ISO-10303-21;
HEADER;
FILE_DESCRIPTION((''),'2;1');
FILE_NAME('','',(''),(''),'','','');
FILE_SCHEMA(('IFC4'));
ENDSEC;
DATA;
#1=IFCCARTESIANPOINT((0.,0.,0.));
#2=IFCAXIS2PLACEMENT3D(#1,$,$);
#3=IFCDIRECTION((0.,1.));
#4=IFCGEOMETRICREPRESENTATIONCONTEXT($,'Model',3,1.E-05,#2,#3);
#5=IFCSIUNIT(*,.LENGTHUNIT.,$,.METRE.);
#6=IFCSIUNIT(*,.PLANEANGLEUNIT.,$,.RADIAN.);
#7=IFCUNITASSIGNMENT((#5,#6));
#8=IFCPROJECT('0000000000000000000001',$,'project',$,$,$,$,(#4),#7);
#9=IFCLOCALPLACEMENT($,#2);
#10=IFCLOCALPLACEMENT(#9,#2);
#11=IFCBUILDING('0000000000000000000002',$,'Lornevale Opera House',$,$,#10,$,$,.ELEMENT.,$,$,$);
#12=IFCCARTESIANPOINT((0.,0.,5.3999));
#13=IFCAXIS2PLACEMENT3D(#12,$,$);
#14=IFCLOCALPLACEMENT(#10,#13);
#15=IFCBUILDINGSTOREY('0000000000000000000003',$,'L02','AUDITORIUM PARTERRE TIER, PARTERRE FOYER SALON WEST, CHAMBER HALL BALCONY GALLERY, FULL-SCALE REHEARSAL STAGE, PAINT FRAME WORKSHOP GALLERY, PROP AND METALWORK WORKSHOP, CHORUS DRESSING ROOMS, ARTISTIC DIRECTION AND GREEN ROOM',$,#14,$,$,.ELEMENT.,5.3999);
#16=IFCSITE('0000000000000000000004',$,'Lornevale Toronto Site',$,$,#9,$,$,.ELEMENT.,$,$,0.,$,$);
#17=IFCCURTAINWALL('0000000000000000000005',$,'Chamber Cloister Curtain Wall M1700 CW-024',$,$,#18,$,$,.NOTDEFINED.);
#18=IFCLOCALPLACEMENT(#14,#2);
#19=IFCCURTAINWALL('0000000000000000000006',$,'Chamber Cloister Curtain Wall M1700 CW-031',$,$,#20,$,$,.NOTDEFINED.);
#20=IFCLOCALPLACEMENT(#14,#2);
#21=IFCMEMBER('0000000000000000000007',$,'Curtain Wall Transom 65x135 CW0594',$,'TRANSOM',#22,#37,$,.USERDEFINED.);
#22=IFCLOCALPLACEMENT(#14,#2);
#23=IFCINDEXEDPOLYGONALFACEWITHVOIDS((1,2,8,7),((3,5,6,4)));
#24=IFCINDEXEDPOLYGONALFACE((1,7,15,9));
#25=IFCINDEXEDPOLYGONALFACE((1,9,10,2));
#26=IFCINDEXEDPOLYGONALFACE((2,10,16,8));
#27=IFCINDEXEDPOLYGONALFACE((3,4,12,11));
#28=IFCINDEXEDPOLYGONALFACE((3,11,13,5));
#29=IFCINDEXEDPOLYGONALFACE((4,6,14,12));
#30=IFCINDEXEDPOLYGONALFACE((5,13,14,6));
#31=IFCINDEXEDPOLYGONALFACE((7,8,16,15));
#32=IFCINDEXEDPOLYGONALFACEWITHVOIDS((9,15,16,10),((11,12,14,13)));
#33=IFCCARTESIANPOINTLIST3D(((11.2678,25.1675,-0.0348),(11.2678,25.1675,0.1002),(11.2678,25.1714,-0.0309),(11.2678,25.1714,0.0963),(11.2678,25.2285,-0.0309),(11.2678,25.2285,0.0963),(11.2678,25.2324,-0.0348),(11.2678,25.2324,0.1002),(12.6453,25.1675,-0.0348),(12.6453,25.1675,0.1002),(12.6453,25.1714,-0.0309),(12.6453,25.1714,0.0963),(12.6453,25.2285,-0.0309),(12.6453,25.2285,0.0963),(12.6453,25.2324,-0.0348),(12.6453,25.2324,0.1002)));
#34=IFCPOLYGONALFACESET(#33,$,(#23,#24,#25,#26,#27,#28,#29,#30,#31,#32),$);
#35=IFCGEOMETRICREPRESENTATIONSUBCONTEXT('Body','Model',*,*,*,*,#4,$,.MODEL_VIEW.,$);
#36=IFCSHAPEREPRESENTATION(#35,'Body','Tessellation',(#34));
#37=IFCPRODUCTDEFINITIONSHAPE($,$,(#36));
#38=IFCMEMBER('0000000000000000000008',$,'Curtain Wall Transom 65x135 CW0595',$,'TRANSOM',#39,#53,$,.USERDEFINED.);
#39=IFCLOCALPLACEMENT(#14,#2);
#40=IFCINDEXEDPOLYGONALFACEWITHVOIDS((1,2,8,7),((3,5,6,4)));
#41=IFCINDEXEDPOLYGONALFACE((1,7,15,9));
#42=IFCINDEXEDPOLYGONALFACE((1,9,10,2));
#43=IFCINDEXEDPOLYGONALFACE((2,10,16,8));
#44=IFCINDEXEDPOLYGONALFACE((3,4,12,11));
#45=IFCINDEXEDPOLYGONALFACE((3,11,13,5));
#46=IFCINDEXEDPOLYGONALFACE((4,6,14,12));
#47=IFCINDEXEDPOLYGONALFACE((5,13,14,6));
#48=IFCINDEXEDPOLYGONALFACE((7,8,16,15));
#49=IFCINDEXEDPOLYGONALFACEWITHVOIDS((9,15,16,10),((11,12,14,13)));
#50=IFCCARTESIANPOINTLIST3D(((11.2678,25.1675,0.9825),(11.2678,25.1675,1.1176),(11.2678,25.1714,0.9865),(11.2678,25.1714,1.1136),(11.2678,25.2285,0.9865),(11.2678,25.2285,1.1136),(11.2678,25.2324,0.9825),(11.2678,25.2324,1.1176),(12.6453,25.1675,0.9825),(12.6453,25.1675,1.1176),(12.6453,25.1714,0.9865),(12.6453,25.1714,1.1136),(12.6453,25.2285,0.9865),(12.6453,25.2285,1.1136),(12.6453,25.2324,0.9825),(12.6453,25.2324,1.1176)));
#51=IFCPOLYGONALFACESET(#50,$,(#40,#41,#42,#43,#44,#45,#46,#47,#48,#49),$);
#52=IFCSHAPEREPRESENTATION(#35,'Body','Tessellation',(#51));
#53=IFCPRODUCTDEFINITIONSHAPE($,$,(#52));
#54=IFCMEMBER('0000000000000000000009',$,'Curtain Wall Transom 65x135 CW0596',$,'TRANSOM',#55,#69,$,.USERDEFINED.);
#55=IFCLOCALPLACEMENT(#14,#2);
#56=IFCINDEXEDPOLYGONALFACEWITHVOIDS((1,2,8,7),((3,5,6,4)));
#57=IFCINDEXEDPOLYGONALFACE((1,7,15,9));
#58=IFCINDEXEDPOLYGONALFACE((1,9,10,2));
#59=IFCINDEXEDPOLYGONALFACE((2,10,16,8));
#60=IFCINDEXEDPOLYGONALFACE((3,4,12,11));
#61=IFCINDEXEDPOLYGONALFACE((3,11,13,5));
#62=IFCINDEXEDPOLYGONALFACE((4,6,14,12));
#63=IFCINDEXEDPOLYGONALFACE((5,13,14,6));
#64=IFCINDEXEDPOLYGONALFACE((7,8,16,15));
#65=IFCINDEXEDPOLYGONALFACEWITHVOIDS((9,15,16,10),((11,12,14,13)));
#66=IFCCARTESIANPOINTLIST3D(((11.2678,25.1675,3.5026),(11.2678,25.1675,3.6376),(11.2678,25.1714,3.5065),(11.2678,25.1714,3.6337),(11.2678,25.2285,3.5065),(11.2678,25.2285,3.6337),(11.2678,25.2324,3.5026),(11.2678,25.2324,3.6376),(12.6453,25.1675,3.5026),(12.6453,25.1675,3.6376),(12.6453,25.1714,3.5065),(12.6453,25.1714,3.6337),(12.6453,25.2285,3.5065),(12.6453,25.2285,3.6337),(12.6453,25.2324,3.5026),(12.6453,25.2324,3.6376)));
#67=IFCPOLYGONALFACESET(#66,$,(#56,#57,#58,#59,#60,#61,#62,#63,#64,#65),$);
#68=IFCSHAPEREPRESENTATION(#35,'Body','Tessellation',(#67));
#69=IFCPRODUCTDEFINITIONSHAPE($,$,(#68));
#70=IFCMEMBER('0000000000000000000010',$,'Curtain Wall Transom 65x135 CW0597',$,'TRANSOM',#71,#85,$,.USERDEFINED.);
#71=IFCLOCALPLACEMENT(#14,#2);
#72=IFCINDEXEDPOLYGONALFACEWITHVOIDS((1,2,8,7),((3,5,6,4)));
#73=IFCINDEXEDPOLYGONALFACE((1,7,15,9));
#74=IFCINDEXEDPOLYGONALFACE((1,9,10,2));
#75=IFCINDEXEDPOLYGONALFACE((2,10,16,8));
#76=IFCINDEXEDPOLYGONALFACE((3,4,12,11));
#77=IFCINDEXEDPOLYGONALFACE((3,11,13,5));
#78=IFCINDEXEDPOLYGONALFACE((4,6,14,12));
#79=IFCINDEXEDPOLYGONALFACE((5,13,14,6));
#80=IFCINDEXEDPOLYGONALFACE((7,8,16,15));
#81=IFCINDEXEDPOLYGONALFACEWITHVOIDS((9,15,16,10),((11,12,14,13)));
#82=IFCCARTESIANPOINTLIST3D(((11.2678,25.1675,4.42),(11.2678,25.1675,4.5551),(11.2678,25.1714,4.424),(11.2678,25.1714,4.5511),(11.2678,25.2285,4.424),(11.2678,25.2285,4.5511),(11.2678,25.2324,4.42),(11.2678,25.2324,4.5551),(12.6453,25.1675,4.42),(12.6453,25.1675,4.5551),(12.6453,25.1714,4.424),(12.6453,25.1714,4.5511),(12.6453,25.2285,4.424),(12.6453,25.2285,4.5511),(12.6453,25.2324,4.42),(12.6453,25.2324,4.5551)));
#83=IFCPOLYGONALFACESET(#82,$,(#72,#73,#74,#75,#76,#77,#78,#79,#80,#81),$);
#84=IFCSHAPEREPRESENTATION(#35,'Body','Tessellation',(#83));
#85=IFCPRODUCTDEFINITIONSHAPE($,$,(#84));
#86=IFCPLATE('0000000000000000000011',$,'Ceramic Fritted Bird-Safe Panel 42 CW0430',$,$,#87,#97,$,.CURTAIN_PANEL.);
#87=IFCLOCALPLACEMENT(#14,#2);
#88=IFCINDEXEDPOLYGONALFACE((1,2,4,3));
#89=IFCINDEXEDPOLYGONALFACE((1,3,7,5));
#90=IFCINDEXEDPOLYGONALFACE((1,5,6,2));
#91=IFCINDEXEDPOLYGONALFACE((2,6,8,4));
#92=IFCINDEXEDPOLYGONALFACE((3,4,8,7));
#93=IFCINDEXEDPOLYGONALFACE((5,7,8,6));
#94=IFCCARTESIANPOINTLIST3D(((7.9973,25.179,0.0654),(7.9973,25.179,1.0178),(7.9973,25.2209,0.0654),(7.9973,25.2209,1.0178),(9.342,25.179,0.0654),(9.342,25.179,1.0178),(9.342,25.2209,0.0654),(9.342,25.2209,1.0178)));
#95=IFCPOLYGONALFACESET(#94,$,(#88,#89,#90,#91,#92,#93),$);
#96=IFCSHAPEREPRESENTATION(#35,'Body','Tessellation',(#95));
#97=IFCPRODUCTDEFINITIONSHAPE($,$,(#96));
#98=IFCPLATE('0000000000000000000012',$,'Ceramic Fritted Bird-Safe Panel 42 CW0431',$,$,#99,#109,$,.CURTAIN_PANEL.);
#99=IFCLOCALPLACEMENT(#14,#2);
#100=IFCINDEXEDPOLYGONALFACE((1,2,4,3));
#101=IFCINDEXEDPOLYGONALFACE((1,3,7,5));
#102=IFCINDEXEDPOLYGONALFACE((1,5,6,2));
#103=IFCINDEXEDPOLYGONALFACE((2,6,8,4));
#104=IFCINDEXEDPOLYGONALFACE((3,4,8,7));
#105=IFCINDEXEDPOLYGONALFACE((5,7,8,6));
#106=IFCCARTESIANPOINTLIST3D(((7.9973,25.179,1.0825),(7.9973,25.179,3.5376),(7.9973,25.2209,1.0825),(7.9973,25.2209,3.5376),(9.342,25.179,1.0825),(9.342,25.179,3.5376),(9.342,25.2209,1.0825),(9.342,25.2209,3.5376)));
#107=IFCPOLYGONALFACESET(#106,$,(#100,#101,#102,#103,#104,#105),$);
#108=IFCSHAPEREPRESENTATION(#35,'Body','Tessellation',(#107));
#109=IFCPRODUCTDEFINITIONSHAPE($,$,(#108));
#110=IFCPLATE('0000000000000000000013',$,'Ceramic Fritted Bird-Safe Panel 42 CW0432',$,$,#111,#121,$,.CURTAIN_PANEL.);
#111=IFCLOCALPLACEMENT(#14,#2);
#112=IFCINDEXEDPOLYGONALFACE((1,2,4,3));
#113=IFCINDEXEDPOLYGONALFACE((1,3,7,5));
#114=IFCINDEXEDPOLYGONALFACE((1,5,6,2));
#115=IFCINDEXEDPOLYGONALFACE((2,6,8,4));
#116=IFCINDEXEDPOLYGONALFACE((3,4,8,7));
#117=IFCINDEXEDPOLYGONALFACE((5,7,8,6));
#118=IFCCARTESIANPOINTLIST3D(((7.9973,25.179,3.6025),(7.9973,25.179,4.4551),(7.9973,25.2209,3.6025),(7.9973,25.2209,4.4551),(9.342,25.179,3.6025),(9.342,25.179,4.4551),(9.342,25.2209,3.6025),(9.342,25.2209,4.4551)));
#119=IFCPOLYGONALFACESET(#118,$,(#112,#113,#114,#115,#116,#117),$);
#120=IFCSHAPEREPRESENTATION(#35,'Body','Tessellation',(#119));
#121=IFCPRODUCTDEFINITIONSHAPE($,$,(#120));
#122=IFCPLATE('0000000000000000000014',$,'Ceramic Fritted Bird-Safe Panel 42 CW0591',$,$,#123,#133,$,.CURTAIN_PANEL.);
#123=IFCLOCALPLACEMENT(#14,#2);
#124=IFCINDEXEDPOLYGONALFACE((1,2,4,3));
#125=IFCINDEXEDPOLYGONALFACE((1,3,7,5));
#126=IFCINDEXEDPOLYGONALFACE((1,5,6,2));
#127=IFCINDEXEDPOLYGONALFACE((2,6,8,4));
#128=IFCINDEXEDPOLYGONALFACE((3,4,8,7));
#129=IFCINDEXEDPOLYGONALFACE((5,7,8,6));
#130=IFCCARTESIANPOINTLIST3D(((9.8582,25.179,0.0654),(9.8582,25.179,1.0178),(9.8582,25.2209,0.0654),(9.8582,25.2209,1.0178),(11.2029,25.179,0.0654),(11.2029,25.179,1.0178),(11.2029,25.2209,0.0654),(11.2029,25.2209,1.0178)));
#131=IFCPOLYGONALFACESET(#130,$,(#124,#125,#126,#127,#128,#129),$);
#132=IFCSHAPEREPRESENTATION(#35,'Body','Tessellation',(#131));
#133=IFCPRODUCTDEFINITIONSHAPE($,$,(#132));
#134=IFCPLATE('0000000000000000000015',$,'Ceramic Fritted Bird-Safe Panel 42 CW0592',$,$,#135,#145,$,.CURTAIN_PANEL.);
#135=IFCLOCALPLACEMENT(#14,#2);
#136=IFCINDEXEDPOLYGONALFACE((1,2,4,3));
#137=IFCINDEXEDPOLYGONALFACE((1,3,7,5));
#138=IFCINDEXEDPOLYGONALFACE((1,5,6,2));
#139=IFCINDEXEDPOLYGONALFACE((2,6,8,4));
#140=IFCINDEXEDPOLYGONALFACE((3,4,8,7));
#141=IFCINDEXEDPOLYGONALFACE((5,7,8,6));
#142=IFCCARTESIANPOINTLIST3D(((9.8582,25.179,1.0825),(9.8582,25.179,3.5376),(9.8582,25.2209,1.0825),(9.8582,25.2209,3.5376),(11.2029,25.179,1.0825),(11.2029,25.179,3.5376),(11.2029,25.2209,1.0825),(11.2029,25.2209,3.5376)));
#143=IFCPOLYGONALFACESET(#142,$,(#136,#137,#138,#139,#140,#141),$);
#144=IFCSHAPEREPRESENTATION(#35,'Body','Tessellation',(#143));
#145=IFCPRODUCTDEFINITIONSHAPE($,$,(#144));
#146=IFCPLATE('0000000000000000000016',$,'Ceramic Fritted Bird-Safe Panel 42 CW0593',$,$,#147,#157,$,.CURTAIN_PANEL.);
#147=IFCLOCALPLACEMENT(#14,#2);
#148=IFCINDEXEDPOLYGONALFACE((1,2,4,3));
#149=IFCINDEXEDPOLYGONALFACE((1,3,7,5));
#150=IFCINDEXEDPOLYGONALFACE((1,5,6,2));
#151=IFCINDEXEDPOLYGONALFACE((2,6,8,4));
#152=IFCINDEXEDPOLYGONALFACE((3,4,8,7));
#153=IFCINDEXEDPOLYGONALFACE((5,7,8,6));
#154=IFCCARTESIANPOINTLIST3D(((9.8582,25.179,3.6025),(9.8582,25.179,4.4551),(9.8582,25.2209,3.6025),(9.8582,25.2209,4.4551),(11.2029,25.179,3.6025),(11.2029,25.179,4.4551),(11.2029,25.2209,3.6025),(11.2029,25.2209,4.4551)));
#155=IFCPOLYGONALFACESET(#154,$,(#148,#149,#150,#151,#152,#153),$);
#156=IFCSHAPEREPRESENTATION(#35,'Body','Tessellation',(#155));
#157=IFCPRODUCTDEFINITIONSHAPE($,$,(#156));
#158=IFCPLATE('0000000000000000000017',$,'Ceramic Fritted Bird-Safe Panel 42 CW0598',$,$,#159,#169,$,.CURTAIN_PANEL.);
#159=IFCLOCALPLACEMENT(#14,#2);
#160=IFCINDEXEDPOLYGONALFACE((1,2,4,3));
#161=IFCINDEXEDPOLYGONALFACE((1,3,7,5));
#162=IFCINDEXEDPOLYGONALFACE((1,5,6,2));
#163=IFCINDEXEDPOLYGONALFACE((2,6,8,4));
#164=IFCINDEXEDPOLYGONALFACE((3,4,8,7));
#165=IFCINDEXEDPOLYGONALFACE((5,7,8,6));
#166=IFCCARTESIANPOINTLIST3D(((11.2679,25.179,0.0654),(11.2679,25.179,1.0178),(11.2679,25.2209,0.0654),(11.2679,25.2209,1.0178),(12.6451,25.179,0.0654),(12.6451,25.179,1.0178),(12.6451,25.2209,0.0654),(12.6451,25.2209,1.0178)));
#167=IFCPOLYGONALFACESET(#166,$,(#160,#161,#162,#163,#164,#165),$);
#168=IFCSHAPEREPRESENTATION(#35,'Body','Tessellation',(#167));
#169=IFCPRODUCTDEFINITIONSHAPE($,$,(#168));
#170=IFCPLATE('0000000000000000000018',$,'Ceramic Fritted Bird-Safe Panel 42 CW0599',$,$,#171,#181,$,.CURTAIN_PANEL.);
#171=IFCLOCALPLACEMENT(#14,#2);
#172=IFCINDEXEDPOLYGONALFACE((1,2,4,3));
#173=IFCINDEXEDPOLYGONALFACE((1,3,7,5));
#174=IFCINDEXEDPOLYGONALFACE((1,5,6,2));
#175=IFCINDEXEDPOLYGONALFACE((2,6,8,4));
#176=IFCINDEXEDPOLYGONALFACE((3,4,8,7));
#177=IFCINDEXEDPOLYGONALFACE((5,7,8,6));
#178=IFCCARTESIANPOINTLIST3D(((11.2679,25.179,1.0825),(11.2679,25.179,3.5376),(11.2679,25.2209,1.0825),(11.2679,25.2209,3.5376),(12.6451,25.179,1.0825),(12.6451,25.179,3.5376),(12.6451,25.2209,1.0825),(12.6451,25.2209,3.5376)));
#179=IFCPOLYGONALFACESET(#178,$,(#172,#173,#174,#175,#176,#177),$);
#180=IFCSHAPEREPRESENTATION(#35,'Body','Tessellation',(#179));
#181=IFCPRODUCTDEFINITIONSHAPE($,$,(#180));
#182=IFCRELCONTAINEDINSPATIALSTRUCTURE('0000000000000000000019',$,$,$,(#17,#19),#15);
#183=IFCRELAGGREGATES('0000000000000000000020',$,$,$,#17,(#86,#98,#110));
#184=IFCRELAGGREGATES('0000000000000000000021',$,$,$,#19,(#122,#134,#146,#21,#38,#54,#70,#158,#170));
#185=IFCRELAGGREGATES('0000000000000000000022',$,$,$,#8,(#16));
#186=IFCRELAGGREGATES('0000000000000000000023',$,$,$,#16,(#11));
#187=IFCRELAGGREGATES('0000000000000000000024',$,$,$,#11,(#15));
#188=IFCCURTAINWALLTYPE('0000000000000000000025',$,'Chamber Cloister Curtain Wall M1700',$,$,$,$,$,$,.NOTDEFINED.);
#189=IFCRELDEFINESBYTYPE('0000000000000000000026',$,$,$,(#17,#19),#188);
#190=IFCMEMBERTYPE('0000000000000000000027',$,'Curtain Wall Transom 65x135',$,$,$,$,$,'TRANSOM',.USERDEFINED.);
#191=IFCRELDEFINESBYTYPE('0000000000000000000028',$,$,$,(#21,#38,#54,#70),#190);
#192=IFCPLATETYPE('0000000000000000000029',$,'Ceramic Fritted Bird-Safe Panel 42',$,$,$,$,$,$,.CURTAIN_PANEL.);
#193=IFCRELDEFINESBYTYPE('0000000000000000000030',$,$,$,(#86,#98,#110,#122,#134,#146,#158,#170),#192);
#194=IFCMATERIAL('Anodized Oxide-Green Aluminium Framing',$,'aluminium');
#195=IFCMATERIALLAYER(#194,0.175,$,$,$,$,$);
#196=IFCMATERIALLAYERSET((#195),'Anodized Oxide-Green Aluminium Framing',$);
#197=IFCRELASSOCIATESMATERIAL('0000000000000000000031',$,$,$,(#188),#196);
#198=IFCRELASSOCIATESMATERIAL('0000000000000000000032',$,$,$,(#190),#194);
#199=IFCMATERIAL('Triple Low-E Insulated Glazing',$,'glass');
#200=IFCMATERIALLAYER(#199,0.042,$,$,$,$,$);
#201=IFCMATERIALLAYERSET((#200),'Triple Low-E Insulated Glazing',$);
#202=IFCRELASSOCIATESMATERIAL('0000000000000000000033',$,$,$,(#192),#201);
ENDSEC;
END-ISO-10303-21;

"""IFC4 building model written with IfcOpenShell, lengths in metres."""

from ifc_helpers import new_model, si_unit, direction, frame, origin, origin_2d, place, context, subcontext, project, spatial, rectangle, hollow_rectangle, extrude, material, layer, layer_set, material_profile, profile_set, type_object, element, aggregate, save


model = new_model("IFC4")

# Units and contexts
model_context = context("Model", 3, precision=1e-05, world=origin(), true_north=direction((0.0, 1.0)))
body_context = subcontext(model_context, "Body", "Model", "MODEL_VIEW")
ifc_project = project(units=[si_unit("LENGTHUNIT", "METRE"), si_unit("PLANEANGLEUNIT", "RADIAN")], contexts=[model_context])

# Site, building, storey
site_placement = place(None, origin())
site = spatial("IfcSite", under=ifc_project, at=site_placement, Name="Lornevale Toronto Site", CompositionType="ELEMENT", RefElevation=0.0)
building_placement = place(site_placement, origin())
building = spatial("IfcBuilding", under=site, at=building_placement, Name="Lornevale Opera House", CompositionType="ELEMENT")
storey_placement = place(building_placement, frame((0.0, 0.0, 5.3999)))
storey = spatial("IfcBuildingStorey", under=building, at=storey_placement, Name="L02", Description="AUDITORIUM PARTERRE TIER, PARTERRE FOYER SALON WEST, CHAMBER HALL BALCONY GALLERY, FULL-SCALE REHEARSAL STAGE, PAINT FRAME WORKSHOP GALLERY, PROP AND METALWORK WORKSHOP, CHORUS DRESSING ROOMS, ARTISTIC DIRECTION AND GREEN ROOM", CompositionType="ELEMENT", Elevation=5.3999)

# Curtain wall
ifc_material_1 = material(Name="Anodized Oxide-Green Aluminium Framing", Category="aluminium")
ifc_layer_1 = layer(ifc_material_1, 0.175)
ifc_layer_set_1 = layer_set([ifc_layer_1], Name="Anodized Oxide-Green Aluminium Framing")
curtain_wall_type = type_object("IfcCurtainWallType", Name="Chamber Cloister Curtain Wall M1700", PredefinedType="NOTDEFINED", material=ifc_layer_set_1)
curtain_wall_1_placement = place(storey_placement, origin())
curtain_wall_1 = element("IfcCurtainWall", 1, at=curtain_wall_1_placement, inside=storey, type_object=curtain_wall_type, Name="Chamber Cloister Curtain Wall M1700 CW-024", PredefinedType="NOTDEFINED")

# Curtain wall
curtain_wall_2_placement = place(storey_placement, origin())
curtain_wall_2 = element("IfcCurtainWall", 2, at=curtain_wall_2_placement, inside=storey, type_object=curtain_wall_type, Name="Chamber Cloister Curtain Wall M1700 CW-031", PredefinedType="NOTDEFINED")

# Members
ifc_material_profile_1 = material_profile(ifc_material_1, hollow_rectangle(XDim=0.0649, YDim=0.135, WallThickness=0.0039, at=origin_2d()), Name="ALU65x135x4")
ifc_profile_set_1 = profile_set([ifc_material_profile_1], Name="Anodized Oxide-Green Aluminium Framing")
member_type_1 = type_object("IfcMemberType", Name="Curtain Wall Transom 65x135", ElementType="TRANSOM", PredefinedType="USERDEFINED", material=ifc_profile_set_1)
member_1_placement = place(storey_placement, frame((11.2678, 25.2, 0.0327), z_axis=(1.0, 0.0, 0.0), x_axis=(0.0, 1.0, 0.0)))
member_1 = element("IfcMember", 3, at=member_1_placement, type_object=member_type_1, Name="Curtain Wall Transom 65x135 CW0594", ObjectType="TRANSOM", PredefinedType="USERDEFINED", context=body_context, shape_type="SweptSolid", body=[
    extrude(hollow_rectangle(XDim=0.0649, YDim=0.135, WallThickness=0.0039, at=origin_2d()), origin(), (0.0, 0.0, 1.0), 1.3774),
])
member_2_placement = place(storey_placement, frame((11.2678, 25.2, 1.05), z_axis=(1.0, 0.0, 0.0), x_axis=(0.0, 1.0, 0.0)))
member_2 = element("IfcMember", 4, at=member_2_placement, type_object=member_type_1, Name="Curtain Wall Transom 65x135 CW0595", ObjectType="TRANSOM", PredefinedType="USERDEFINED", context=body_context, shape_type="SweptSolid", body=[
    extrude(hollow_rectangle(XDim=0.0649, YDim=0.135, WallThickness=0.0039, at=origin_2d()), origin(), (0.0, 0.0, 1.0), 1.3774),
])
member_3_placement = place(storey_placement, frame((11.2678, 25.2, 3.5701), z_axis=(1.0, 0.0, 0.0), x_axis=(0.0, 1.0, 0.0)))
member_3 = element("IfcMember", 5, at=member_3_placement, type_object=member_type_1, Name="Curtain Wall Transom 65x135 CW0596", ObjectType="TRANSOM", PredefinedType="USERDEFINED", context=body_context, shape_type="SweptSolid", body=[
    extrude(hollow_rectangle(XDim=0.0649, YDim=0.135, WallThickness=0.0039, at=origin_2d()), origin(), (0.0, 0.0, 1.0), 1.3774),
])
member_4_placement = place(storey_placement, frame((11.2678, 25.2, 4.4875), z_axis=(1.0, 0.0, 0.0), x_axis=(0.0, 1.0, 0.0)))
member_4 = element("IfcMember", 6, at=member_4_placement, type_object=member_type_1, Name="Curtain Wall Transom 65x135 CW0597", ObjectType="TRANSOM", PredefinedType="USERDEFINED", context=body_context, shape_type="SweptSolid", body=[
    extrude(hollow_rectangle(XDim=0.0649, YDim=0.135, WallThickness=0.0039, at=origin_2d()), origin(), (0.0, 0.0, 1.0), 1.3774),
])

# Plates
ifc_material_2 = material(Name="Triple Low-E Insulated Glazing", Category="glass")
ifc_layer_2 = layer(ifc_material_2, 0.042)
ifc_layer_set_2 = layer_set([ifc_layer_2], Name="Triple Low-E Insulated Glazing")
plate_type = type_object("IfcPlateType", Name="Ceramic Fritted Bird-Safe Panel 42", PredefinedType="CURTAIN_PANEL", material=ifc_layer_set_2)
plate_1_placement = place(storey_placement, frame((8.6697, 25.2, 0.0654), z_axis=(0.0, 0.0, 1.0), x_axis=(1.0, 0.0, 0.0)))
plate_1 = element("IfcPlate", 7, at=plate_1_placement, type_object=plate_type, Name="Ceramic Fritted Bird-Safe Panel 42 CW0430", PredefinedType="CURTAIN_PANEL", context=body_context, shape_type="SweptSolid", body=[
    extrude(rectangle(XDim=1.3447, YDim=0.042, at=origin_2d()), origin(), (0.0, 0.0, 1.0), 0.9524),
])
plate_2_placement = place(storey_placement, frame((8.6697, 25.2, 1.0825), z_axis=(0.0, 0.0, 1.0), x_axis=(1.0, 0.0, 0.0)))
plate_2 = element("IfcPlate", 8, at=plate_2_placement, type_object=plate_type, Name="Ceramic Fritted Bird-Safe Panel 42 CW0431", PredefinedType="CURTAIN_PANEL", context=body_context, shape_type="SweptSolid", body=[
    extrude(rectangle(XDim=1.3447, YDim=0.042, at=origin_2d()), origin(), (0.0, 0.0, 1.0), 2.4551),
])
plate_3_placement = place(storey_placement, frame((8.6697, 25.2, 3.6025), z_axis=(0.0, 0.0, 1.0), x_axis=(1.0, 0.0, 0.0)))
plate_3 = element("IfcPlate", 9, at=plate_3_placement, type_object=plate_type, Name="Ceramic Fritted Bird-Safe Panel 42 CW0432", PredefinedType="CURTAIN_PANEL", context=body_context, shape_type="SweptSolid", body=[
    extrude(rectangle(XDim=1.3447, YDim=0.042, at=origin_2d()), origin(), (0.0, 0.0, 1.0), 0.8525),
])
aggregate(curtain_wall_1, [plate_1, plate_2, plate_3])
plate_4_placement = place(storey_placement, frame((10.5305, 25.2, 0.0654), z_axis=(0.0, 0.0, 1.0), x_axis=(1.0, 0.0, 0.0)))
plate_4 = element("IfcPlate", 10, at=plate_4_placement, type_object=plate_type, Name="Ceramic Fritted Bird-Safe Panel 42 CW0591", PredefinedType="CURTAIN_PANEL", context=body_context, shape_type="SweptSolid", body=[
    extrude(rectangle(XDim=1.3447, YDim=0.042, at=origin_2d()), origin(), (0.0, 0.0, 1.0), 0.9524),
])
plate_5_placement = place(storey_placement, frame((10.5305, 25.2, 1.0825), z_axis=(0.0, 0.0, 1.0), x_axis=(1.0, 0.0, 0.0)))
plate_5 = element("IfcPlate", 11, at=plate_5_placement, type_object=plate_type, Name="Ceramic Fritted Bird-Safe Panel 42 CW0592", PredefinedType="CURTAIN_PANEL", context=body_context, shape_type="SweptSolid", body=[
    extrude(rectangle(XDim=1.3447, YDim=0.042, at=origin_2d()), origin(), (0.0, 0.0, 1.0), 2.4551),
])
plate_6_placement = place(storey_placement, frame((10.5305, 25.2, 3.6025), z_axis=(0.0, 0.0, 1.0), x_axis=(1.0, 0.0, 0.0)))
plate_6 = element("IfcPlate", 12, at=plate_6_placement, type_object=plate_type, Name="Ceramic Fritted Bird-Safe Panel 42 CW0593", PredefinedType="CURTAIN_PANEL", context=body_context, shape_type="SweptSolid", body=[
    extrude(rectangle(XDim=1.3447, YDim=0.042, at=origin_2d()), origin(), (0.0, 0.0, 1.0), 0.8525),
])
plate_7_placement = place(storey_placement, frame((11.9565, 25.2, 0.0654), z_axis=(0.0, 0.0, 1.0), x_axis=(1.0, 0.0, 0.0)))
plate_7 = element("IfcPlate", 13, at=plate_7_placement, type_object=plate_type, Name="Ceramic Fritted Bird-Safe Panel 42 CW0598", PredefinedType="CURTAIN_PANEL", context=body_context, shape_type="SweptSolid", body=[
    extrude(rectangle(XDim=1.3772, YDim=0.042, at=origin_2d()), origin(), (0.0, 0.0, 1.0), 0.9524),
])
plate_8_placement = place(storey_placement, frame((11.9565, 25.2, 1.0825), z_axis=(0.0, 0.0, 1.0), x_axis=(1.0, 0.0, 0.0)))
plate_8 = element("IfcPlate", 14, at=plate_8_placement, type_object=plate_type, Name="Ceramic Fritted Bird-Safe Panel 42 CW0599", PredefinedType="CURTAIN_PANEL", context=body_context, shape_type="SweptSolid", body=[
    extrude(rectangle(XDim=1.3772, YDim=0.042, at=origin_2d()), origin(), (0.0, 0.0, 1.0), 2.4551),
])
aggregate(curtain_wall_2, [plate_4, plate_5, plate_6, member_1, member_2, member_3, member_4, plate_7, plate_8])

save(model, "model.ifc")
